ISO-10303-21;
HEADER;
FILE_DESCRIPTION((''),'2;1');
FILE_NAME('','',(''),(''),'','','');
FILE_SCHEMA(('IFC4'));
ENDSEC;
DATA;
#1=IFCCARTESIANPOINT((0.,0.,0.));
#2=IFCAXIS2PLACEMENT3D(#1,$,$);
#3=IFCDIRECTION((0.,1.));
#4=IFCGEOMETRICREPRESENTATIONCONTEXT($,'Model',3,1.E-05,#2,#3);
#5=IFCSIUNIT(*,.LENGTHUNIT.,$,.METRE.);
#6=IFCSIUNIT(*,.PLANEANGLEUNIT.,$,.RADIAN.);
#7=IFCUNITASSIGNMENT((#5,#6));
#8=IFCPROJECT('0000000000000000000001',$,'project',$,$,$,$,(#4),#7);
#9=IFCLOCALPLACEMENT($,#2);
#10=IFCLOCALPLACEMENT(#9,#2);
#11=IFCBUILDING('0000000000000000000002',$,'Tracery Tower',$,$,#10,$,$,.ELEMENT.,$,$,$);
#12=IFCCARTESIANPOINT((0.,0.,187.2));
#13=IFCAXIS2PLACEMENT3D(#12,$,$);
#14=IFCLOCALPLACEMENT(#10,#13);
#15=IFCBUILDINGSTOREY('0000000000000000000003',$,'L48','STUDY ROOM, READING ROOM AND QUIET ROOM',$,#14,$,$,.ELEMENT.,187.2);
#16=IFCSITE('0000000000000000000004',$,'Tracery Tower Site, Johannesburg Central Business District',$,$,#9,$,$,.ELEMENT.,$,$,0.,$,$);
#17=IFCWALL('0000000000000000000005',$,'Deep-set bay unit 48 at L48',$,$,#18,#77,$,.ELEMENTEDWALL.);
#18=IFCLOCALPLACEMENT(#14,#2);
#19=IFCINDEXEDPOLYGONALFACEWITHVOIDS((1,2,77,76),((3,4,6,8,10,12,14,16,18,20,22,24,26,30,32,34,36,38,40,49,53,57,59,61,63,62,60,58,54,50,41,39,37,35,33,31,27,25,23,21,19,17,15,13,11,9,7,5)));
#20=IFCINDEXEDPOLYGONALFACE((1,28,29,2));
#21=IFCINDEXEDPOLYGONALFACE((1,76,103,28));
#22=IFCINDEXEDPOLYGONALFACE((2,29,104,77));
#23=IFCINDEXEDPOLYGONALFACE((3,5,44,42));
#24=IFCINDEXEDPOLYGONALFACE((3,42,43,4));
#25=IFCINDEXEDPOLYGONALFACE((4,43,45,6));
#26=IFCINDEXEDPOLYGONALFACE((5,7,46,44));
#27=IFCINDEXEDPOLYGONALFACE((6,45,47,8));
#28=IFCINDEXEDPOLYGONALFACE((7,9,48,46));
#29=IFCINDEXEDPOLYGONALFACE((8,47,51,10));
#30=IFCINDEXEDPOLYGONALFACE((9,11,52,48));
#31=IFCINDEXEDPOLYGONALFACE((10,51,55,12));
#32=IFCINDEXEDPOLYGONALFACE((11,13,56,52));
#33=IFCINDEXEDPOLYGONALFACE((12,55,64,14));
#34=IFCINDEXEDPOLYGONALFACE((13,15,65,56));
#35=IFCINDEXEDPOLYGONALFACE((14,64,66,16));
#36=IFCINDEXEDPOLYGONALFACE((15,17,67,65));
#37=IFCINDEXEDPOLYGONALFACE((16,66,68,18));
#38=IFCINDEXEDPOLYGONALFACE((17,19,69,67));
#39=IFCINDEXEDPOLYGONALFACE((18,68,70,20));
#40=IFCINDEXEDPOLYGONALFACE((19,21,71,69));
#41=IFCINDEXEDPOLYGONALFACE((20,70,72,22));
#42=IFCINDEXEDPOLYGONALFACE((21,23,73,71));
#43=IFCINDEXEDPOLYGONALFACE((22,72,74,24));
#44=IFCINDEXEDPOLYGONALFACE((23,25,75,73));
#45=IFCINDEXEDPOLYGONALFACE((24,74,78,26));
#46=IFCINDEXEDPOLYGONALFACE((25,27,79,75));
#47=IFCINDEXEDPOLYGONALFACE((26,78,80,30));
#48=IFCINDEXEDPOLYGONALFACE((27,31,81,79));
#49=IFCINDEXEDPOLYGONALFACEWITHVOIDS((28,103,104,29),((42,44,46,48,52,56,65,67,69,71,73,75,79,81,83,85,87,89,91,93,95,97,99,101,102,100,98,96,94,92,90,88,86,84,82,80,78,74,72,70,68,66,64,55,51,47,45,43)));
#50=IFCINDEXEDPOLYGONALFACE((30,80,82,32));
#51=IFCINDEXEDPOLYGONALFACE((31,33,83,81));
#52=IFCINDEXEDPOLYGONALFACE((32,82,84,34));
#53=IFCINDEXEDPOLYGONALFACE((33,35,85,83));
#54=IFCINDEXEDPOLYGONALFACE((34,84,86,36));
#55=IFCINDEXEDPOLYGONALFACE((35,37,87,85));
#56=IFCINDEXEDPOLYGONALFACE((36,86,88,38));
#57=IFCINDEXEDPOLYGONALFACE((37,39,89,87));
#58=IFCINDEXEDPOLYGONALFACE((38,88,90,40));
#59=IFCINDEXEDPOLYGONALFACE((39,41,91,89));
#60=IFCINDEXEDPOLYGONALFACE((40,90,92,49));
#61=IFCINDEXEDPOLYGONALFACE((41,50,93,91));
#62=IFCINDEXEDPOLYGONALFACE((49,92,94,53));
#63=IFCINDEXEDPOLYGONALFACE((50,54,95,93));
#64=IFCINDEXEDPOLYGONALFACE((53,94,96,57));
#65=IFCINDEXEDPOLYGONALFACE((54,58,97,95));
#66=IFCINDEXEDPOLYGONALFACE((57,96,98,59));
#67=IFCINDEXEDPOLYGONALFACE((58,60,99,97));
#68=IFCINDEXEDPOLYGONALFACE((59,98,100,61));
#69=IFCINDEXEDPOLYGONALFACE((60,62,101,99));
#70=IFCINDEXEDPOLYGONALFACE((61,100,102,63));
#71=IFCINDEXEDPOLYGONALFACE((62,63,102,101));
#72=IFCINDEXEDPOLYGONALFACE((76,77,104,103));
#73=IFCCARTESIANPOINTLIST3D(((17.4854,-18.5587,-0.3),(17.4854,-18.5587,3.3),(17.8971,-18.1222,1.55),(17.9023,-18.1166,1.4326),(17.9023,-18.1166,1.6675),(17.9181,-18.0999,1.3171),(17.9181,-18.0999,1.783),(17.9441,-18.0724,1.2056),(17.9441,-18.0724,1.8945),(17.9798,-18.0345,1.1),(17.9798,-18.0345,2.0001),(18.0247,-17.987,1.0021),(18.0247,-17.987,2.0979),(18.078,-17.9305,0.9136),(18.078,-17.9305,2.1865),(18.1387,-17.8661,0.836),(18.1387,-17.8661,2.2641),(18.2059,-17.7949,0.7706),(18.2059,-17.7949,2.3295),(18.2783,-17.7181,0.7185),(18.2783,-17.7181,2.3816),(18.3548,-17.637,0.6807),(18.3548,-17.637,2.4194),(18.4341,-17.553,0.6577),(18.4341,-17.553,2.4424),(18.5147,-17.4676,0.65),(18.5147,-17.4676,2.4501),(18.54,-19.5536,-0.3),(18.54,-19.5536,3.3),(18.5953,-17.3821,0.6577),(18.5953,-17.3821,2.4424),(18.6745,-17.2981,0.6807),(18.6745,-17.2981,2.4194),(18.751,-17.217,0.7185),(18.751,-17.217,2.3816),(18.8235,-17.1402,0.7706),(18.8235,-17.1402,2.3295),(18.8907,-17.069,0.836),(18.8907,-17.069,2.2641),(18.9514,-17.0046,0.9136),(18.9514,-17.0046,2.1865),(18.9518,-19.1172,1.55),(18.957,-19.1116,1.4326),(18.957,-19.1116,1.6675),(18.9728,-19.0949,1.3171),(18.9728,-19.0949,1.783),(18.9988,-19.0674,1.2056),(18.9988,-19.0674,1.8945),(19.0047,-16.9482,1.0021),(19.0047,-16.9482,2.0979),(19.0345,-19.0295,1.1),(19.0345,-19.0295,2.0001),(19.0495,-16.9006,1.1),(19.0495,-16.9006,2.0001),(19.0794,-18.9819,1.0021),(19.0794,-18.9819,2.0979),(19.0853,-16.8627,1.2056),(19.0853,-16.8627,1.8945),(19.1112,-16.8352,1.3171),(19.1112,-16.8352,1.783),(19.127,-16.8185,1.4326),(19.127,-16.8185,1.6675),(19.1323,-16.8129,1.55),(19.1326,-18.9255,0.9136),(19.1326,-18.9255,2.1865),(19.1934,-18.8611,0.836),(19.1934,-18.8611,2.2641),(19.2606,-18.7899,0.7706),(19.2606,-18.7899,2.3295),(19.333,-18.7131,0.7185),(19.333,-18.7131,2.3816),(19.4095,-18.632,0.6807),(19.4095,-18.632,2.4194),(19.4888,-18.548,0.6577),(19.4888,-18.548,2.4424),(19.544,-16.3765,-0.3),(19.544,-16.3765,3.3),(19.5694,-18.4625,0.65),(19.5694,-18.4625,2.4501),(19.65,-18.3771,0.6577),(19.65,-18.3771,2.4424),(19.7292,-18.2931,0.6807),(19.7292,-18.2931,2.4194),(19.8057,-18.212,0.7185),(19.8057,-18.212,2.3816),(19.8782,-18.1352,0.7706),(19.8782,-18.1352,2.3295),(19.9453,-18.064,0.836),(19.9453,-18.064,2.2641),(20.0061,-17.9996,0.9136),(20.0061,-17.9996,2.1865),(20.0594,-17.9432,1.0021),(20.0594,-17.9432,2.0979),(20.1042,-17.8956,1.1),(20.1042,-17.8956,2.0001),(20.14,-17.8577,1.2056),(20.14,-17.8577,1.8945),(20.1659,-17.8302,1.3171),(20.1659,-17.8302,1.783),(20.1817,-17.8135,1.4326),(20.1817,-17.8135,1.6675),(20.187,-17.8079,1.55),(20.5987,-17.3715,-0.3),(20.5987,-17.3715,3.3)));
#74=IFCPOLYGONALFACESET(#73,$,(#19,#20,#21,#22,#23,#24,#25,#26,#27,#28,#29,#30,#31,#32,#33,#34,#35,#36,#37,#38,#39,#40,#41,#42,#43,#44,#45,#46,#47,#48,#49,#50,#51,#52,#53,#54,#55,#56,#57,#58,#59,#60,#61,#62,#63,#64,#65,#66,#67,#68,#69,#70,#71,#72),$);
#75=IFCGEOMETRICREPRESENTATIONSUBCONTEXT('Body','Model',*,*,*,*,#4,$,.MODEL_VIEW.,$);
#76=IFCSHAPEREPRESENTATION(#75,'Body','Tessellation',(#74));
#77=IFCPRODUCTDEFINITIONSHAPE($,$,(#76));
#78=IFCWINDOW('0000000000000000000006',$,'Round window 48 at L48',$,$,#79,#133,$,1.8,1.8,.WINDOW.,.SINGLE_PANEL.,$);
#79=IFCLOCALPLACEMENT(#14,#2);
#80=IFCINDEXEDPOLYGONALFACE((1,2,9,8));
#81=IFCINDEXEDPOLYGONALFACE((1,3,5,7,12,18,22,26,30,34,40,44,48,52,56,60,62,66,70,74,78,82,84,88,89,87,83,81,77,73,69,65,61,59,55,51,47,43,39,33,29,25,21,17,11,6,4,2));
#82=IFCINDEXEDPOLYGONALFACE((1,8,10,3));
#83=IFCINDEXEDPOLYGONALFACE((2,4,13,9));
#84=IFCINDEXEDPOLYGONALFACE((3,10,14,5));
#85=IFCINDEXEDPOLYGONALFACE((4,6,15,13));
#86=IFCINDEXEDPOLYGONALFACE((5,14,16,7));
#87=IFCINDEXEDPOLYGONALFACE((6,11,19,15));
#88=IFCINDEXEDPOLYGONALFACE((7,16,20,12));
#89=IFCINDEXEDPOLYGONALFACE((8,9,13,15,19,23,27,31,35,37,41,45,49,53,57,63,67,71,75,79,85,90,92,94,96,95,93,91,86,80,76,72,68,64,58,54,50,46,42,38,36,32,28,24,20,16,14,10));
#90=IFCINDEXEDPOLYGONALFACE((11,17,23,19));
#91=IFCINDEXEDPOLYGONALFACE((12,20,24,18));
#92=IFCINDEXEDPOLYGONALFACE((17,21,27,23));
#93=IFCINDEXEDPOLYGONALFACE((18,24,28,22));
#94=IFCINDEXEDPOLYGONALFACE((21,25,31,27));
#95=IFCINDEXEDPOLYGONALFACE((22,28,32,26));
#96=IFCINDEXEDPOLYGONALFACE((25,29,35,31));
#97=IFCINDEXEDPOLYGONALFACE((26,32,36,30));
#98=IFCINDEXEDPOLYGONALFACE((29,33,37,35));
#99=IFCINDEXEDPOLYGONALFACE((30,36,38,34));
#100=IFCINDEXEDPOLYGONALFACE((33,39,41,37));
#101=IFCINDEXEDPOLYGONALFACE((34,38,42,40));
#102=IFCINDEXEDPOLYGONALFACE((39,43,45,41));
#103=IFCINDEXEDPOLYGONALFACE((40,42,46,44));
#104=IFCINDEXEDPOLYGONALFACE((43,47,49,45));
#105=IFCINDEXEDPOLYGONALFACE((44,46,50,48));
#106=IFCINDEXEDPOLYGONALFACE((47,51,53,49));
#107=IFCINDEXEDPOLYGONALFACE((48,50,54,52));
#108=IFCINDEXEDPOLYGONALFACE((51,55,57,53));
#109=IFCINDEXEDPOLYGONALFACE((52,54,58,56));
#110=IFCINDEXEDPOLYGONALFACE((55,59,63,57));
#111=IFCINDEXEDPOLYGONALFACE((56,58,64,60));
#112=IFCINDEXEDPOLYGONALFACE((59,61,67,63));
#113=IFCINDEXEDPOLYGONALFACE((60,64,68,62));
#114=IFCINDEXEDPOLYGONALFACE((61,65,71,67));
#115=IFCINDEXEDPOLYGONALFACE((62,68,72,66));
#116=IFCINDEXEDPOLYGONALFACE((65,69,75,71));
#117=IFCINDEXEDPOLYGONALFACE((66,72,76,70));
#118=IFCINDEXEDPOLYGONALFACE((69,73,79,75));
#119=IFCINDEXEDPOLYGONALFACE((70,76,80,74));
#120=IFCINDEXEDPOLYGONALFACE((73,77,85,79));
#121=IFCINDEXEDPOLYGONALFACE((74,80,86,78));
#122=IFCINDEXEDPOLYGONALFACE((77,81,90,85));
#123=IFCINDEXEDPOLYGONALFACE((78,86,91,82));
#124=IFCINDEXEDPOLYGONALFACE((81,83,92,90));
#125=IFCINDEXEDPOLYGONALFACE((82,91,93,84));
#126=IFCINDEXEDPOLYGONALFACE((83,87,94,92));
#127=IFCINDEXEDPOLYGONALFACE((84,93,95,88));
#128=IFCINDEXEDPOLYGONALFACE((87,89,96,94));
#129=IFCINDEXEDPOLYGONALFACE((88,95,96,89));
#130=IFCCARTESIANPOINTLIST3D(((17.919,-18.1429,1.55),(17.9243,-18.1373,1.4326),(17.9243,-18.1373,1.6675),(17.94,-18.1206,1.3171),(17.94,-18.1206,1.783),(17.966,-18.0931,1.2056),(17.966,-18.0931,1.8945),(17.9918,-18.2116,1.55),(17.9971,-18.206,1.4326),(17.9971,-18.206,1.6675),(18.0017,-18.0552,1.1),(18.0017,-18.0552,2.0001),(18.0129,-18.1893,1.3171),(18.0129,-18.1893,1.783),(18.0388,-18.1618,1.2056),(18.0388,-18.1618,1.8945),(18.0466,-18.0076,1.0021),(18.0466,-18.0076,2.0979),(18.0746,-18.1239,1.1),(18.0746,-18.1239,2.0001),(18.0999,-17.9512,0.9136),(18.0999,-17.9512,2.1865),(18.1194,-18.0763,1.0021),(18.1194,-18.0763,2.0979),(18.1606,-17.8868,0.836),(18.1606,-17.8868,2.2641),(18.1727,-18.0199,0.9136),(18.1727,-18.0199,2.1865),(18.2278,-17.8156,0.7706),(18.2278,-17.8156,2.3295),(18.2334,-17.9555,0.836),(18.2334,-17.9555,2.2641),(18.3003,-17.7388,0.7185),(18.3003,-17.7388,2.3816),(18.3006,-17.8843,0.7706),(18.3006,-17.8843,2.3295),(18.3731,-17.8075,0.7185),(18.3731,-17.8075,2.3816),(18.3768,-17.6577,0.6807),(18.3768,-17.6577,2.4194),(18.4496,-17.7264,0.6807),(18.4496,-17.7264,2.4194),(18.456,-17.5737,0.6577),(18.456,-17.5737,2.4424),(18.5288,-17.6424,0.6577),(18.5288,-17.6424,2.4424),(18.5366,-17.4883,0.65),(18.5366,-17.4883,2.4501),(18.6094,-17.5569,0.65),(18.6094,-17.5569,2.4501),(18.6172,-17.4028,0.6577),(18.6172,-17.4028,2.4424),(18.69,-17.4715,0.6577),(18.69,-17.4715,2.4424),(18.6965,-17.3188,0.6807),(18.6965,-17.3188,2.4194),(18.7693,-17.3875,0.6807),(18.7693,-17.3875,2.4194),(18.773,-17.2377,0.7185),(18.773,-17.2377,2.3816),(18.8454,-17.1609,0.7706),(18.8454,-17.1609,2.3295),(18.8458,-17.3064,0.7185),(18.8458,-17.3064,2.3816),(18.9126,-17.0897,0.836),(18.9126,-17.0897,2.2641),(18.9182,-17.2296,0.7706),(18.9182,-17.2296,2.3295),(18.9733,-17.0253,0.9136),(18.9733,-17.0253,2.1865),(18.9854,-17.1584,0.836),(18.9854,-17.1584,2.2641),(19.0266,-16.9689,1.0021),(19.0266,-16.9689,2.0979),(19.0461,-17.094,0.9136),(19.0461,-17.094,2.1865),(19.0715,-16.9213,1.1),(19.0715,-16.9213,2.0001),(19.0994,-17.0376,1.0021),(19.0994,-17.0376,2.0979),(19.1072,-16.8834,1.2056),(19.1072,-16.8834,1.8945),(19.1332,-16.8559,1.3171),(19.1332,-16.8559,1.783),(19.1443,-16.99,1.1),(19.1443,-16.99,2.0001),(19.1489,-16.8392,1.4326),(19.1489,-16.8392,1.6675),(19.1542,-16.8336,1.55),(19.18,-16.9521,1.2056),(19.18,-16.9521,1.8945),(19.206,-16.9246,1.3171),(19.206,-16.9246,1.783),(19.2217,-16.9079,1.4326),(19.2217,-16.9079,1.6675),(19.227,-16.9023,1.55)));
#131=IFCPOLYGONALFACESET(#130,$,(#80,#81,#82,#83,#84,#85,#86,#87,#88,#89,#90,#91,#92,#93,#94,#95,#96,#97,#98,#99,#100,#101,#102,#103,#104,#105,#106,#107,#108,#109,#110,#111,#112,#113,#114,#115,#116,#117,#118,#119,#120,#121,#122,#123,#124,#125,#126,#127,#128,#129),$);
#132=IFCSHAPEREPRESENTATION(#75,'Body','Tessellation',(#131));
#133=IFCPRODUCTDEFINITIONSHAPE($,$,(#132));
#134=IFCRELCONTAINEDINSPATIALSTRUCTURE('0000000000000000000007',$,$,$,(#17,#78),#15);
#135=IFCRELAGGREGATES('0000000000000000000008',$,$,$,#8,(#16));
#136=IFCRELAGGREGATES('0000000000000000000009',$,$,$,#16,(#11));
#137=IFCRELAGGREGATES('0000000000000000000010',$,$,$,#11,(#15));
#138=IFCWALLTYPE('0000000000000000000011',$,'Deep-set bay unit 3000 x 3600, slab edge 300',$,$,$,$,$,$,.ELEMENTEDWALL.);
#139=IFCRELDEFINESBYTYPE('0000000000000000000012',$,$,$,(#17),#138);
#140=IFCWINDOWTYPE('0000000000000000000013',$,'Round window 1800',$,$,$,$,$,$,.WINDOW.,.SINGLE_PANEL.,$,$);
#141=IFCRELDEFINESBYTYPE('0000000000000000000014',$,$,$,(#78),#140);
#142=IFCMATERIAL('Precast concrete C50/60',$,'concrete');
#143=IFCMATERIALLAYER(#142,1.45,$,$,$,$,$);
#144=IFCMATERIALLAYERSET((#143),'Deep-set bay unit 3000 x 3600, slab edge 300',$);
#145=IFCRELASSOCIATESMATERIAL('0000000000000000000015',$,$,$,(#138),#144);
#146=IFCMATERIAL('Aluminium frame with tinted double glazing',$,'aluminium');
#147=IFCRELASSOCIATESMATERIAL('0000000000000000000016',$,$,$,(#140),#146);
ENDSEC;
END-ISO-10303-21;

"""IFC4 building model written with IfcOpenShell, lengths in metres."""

from ifc_helpers import new_model, si_unit, direction, frame, frame_2d, origin, origin_2d, place, context, subcontext, project, spatial, rectangle, circle, extrude, material, layer, layer_set, type_object, element, fill, save


model = new_model("IFC4")

# Units and contexts
model_context = context("Model", 3, precision=1e-05, world=origin(), true_north=direction((0.0, 1.0)))
body_context = subcontext(model_context, "Body", "Model", "MODEL_VIEW")
ifc_project = project(units=[si_unit("LENGTHUNIT", "METRE"), si_unit("PLANEANGLEUNIT", "RADIAN")], contexts=[model_context])

# Site, building, storey
site_placement = place(None, origin())
site = spatial("IfcSite", under=ifc_project, at=site_placement, Name="Tracery Tower Site, Johannesburg Central Business District", CompositionType="ELEMENT", RefElevation=0.0)
building_placement = place(site_placement, origin())
building = spatial("IfcBuilding", under=site, at=building_placement, Name="Tracery Tower", CompositionType="ELEMENT")
storey_placement = place(building_placement, frame((0.0, 0.0, 187.2)))
storey = spatial("IfcBuildingStorey", under=building, at=storey_placement, Name="L48", Description="STUDY ROOM, READING ROOM AND QUIET ROOM", CompositionType="ELEMENT", Elevation=187.2)

# Wall, opening, window
ifc_material_1 = material(Name="Precast concrete C50/60", Category="concrete")
ifc_layer_1 = layer(ifc_material_1, 1.45)
ifc_layer_set_1 = layer_set([ifc_layer_1], Name="Deep-set bay unit 3000 x 3600, slab edge 300")
wall_type_1 = type_object("IfcWallType", Name="Deep-set bay unit 3000 x 3600, slab edge 300", PredefinedType="ELEMENTEDWALL", material=ifc_layer_set_1)
ifc_material_2 = material(Name="Aluminium frame with tinted double glazing", Category="aluminium")
window_type = type_object("IfcWindowType", Name="Round window 1800", PartitioningType="SINGLE_PANEL", PredefinedType="WINDOW", material=ifc_material_2)
wall_1_placement = place(storey_placement, frame((18.0127, -19.0562, -0.3), z_axis=(0.0, 0.0, 1.0), x_axis=(0.686217, 0.727397, 0.0)))
wall_1 = element("IfcWall", 1, at=wall_1_placement, inside=storey, type_object=wall_type_1, Name="Deep-set bay unit 48 at L48", PredefinedType="ELEMENTEDWALL", context=body_context, shape_type="SweptSolid", body=[
    extrude(rectangle(XDim=3.0, YDim=1.45, at=frame_2d((1.5, 0.0))), origin(), (0.0, 0.0, 1.0), 3.6001),
])
opening_1_placement = place(wall_1_placement, frame((1.5, 0.0, 1.8501)))
opening_1 = element("IfcOpeningElement", 2, at=opening_1_placement, cuts=wall_1, PredefinedType="OPENING", context=body_context, shape_type="SweptSolid", body=[
    extrude(circle(Radius=0.9, at=origin_2d()), frame((0.0, 0.7349, 0.0), z_axis=(0.0, -1.0, 0.0), x_axis=(1.0, 0.0, 0.0)), (0.0, 0.0, 1.0), 1.47),
])
window_1_placement = place(opening_1_placement, origin())
window_1 = element("IfcWindow", 3, at=window_1_placement, inside=storey, type_object=window_type, Name="Round window 48 at L48", OverallHeight=1.8, OverallWidth=1.8, PartitioningType="SINGLE_PANEL", PredefinedType="WINDOW", context=body_context, shape_type="SweptSolid", body=[
    extrude(circle(Radius=0.9, at=origin_2d()), frame((0.0, 0.6948, 0.0), z_axis=(0.0, -1.0, 0.0), x_axis=(1.0, 0.0, 0.0)), (0.0, 0.0, 1.0), 0.1001),
])
fill(opening_1, window_1)

save(model, "model.ifc")
